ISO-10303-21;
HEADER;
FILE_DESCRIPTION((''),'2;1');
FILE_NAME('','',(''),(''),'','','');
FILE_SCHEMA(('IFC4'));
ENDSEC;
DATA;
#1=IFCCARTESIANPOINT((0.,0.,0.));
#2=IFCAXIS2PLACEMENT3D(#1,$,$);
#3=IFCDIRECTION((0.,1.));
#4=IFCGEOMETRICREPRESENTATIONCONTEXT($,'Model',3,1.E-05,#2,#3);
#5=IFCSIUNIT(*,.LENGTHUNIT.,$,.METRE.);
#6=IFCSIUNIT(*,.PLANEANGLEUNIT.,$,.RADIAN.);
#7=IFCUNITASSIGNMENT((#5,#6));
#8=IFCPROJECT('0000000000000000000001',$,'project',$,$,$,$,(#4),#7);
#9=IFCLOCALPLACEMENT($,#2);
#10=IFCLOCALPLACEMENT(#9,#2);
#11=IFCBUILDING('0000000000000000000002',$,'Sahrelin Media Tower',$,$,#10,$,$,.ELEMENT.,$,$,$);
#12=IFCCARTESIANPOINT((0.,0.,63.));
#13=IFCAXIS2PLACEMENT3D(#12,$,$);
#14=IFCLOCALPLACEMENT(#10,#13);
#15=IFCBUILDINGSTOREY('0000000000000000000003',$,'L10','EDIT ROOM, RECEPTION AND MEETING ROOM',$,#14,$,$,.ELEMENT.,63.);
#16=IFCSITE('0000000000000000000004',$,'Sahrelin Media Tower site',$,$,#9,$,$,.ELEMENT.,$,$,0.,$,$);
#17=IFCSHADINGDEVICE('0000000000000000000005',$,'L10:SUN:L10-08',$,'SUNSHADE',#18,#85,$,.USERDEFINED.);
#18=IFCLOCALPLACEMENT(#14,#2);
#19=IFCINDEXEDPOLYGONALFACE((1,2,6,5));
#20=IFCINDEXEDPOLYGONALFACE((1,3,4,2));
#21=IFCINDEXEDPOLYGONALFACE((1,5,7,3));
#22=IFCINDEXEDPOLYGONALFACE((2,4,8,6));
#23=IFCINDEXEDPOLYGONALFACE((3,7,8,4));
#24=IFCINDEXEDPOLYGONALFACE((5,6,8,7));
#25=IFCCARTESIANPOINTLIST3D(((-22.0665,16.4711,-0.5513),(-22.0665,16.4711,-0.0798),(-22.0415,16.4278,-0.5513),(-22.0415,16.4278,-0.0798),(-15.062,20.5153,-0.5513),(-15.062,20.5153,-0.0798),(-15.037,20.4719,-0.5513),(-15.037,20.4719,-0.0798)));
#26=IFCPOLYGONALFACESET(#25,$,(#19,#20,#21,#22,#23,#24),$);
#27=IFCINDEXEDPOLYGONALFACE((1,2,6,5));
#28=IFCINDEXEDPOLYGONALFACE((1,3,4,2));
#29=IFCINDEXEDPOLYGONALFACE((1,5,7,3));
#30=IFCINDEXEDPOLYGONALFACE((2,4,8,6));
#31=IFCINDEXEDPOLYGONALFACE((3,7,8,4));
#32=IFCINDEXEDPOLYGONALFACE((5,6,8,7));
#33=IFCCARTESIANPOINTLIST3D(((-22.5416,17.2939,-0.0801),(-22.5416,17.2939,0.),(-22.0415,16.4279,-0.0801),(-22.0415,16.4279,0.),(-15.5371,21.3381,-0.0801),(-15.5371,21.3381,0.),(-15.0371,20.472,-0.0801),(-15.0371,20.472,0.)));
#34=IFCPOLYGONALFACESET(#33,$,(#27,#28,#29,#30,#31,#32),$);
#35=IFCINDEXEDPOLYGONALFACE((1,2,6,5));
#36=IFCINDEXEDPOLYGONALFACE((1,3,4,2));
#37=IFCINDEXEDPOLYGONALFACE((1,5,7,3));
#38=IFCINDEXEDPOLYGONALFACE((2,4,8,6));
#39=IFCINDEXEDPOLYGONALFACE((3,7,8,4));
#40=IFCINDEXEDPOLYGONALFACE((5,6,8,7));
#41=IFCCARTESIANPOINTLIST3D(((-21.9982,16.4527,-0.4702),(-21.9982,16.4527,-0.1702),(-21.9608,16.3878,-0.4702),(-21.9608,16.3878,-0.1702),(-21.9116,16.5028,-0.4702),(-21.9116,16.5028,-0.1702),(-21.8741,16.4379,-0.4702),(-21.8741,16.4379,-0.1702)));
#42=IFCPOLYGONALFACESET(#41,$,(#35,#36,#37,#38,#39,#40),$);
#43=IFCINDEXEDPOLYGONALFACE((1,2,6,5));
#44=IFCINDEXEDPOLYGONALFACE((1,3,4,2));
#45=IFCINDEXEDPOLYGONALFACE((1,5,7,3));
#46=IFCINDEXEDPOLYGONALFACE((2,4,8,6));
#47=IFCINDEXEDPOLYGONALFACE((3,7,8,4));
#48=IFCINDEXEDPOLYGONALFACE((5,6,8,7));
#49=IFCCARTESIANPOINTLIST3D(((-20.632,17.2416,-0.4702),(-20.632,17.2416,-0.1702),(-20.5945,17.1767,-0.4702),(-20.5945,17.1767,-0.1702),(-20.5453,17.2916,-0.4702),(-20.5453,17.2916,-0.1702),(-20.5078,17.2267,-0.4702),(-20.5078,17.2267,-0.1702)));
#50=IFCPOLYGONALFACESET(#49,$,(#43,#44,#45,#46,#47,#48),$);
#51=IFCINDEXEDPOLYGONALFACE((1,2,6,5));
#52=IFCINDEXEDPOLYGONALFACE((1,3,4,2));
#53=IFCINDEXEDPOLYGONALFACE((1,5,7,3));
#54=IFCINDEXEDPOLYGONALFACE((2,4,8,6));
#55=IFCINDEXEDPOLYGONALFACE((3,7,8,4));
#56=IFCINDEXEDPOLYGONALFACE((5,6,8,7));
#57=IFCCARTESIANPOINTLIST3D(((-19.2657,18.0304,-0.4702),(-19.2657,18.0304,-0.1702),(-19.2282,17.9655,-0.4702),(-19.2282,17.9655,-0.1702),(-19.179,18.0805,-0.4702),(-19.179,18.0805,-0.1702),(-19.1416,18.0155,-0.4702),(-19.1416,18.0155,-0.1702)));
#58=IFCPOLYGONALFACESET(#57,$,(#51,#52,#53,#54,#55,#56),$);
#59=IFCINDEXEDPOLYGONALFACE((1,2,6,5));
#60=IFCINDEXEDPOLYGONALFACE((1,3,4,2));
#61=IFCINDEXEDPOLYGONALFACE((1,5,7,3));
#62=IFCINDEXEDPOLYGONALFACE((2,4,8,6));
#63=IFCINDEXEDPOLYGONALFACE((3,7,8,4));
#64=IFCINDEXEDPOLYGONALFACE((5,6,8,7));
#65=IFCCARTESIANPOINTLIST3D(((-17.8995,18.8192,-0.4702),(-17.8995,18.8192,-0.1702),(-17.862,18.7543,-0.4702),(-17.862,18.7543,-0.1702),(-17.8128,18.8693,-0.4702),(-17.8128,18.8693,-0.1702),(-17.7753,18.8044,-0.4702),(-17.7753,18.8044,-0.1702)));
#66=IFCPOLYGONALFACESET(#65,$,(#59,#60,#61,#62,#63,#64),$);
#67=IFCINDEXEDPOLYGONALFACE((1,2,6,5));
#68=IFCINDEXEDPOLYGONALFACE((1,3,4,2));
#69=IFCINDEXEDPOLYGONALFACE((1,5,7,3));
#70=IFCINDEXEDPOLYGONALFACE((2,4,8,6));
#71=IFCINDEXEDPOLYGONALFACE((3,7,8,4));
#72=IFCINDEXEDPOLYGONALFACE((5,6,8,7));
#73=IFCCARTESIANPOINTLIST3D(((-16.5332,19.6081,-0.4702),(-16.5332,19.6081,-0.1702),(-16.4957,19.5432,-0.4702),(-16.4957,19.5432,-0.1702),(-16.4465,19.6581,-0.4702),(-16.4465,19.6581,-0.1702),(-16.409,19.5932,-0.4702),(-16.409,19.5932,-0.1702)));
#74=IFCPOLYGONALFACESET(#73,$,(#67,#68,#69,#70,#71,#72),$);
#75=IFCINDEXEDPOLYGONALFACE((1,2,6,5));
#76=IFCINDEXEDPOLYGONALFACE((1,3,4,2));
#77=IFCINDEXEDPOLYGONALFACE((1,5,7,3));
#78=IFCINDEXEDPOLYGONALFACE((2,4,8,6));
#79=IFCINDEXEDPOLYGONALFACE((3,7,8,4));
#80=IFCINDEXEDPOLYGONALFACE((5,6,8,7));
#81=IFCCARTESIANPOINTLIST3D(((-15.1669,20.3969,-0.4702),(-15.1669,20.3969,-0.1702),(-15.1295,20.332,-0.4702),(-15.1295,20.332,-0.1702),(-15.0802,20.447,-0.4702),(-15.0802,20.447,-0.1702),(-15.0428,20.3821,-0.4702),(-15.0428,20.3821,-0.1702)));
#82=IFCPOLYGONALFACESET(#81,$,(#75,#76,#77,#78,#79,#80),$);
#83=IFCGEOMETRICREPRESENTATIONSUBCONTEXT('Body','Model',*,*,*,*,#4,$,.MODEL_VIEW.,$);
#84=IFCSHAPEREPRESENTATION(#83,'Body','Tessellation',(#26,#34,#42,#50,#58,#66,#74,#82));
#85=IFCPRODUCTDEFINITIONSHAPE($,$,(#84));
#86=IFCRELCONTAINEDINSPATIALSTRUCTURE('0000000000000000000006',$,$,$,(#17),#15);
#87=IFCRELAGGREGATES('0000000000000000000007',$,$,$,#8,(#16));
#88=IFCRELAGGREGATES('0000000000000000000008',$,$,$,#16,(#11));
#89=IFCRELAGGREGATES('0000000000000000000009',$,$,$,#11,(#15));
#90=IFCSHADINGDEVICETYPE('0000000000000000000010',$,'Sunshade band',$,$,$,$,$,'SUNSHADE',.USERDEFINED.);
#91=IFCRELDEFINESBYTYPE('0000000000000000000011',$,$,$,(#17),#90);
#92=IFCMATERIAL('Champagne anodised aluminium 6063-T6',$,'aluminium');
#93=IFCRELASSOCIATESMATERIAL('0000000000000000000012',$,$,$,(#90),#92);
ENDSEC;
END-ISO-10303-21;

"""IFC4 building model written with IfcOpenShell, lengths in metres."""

from ifc_helpers import new_model, si_unit, direction, frame, origin, origin_2d, place, context, subcontext, project, spatial, rectangle, extrude, material, type_object, element, save


model = new_model("IFC4")

# Units and contexts
model_context = context("Model", 3, precision=1e-05, world=origin(), true_north=direction((0.0, 1.0)))
body_context = subcontext(model_context, "Body", "Model", "MODEL_VIEW")
ifc_project = project(units=[si_unit("LENGTHUNIT", "METRE"), si_unit("PLANEANGLEUNIT", "RADIAN")], contexts=[model_context])

# Site, building, storey
site_placement = place(None, origin())
site = spatial("IfcSite", under=ifc_project, at=site_placement, Name="Sahrelin Media Tower site", CompositionType="ELEMENT", RefElevation=0.0)
building_placement = place(site_placement, origin())
building = spatial("IfcBuilding", under=site, at=building_placement, Name="Sahrelin Media Tower", CompositionType="ELEMENT")
storey_placement = place(building_placement, frame((0.0, 0.0, 63.0)))
storey = spatial("IfcBuildingStorey", under=building, at=storey_placement, Name="L10", Description="EDIT ROOM, RECEPTION AND MEETING ROOM", CompositionType="ELEMENT", Elevation=63.0)

# Shared definitions
ifc_material_1 = material(Name="Champagne anodised aluminium 6063-T6", Category="aluminium")

# Shading device
placement = place(storey_placement, frame((-18.5293, 18.4326, 0.0), z_axis=(0.0, 0.0, 1.0), x_axis=(0.866019, 0.500011, 0.0)))
shading_device_type_1 = type_object("IfcShadingDeviceType", Name="Sunshade band", ElementType="SUNSHADE", PredefinedType="USERDEFINED", material=ifc_material_1)
element("IfcShadingDevice", 1, at=placement, inside=storey, type_object=shading_device_type_1, Name="L10:SUN:L10-08", ObjectType="SUNSHADE", PredefinedType="USERDEFINED", context=body_context, shape_type="SweptSolid", body=[
    extrude(rectangle(XDim=8.0881, YDim=0.05, at=origin_2d()), frame((0.0, 0.0449, -0.5513)), (0.0, 0.0, 1.0), 0.4714),
    extrude(rectangle(XDim=8.0881, YDim=1.0, at=origin_2d()), frame((0.0, 0.52, -0.0801)), (0.0, 0.0, 1.0), 0.0801),
    extrude(rectangle(XDim=0.1001, YDim=0.075, at=origin_2d()), frame((-3.9441, -0.0176, -0.4702)), (0.0, 0.0, 1.0), 0.3),
    extrude(rectangle(XDim=0.1001, YDim=0.075, at=origin_2d()), frame((-2.3665, -0.0176, -0.4702)), (0.0, 0.0, 1.0), 0.3),
    extrude(rectangle(XDim=0.1001, YDim=0.075, at=origin_2d()), frame((-0.7888, -0.0176, -0.4702)), (0.0, 0.0, 1.0), 0.3),
    extrude(rectangle(XDim=0.1001, YDim=0.075, at=origin_2d()), frame((0.7888, -0.0176, -0.4702)), (0.0, 0.0, 1.0), 0.3),
    extrude(rectangle(XDim=0.1001, YDim=0.075, at=origin_2d()), frame((2.3665, -0.0176, -0.4702)), (0.0, 0.0, 1.0), 0.3),
    extrude(rectangle(XDim=0.1001, YDim=0.075, at=origin_2d()), frame((3.9441, -0.0176, -0.4702)), (0.0, 0.0, 1.0), 0.3),
])

save(model, "model.ifc")
